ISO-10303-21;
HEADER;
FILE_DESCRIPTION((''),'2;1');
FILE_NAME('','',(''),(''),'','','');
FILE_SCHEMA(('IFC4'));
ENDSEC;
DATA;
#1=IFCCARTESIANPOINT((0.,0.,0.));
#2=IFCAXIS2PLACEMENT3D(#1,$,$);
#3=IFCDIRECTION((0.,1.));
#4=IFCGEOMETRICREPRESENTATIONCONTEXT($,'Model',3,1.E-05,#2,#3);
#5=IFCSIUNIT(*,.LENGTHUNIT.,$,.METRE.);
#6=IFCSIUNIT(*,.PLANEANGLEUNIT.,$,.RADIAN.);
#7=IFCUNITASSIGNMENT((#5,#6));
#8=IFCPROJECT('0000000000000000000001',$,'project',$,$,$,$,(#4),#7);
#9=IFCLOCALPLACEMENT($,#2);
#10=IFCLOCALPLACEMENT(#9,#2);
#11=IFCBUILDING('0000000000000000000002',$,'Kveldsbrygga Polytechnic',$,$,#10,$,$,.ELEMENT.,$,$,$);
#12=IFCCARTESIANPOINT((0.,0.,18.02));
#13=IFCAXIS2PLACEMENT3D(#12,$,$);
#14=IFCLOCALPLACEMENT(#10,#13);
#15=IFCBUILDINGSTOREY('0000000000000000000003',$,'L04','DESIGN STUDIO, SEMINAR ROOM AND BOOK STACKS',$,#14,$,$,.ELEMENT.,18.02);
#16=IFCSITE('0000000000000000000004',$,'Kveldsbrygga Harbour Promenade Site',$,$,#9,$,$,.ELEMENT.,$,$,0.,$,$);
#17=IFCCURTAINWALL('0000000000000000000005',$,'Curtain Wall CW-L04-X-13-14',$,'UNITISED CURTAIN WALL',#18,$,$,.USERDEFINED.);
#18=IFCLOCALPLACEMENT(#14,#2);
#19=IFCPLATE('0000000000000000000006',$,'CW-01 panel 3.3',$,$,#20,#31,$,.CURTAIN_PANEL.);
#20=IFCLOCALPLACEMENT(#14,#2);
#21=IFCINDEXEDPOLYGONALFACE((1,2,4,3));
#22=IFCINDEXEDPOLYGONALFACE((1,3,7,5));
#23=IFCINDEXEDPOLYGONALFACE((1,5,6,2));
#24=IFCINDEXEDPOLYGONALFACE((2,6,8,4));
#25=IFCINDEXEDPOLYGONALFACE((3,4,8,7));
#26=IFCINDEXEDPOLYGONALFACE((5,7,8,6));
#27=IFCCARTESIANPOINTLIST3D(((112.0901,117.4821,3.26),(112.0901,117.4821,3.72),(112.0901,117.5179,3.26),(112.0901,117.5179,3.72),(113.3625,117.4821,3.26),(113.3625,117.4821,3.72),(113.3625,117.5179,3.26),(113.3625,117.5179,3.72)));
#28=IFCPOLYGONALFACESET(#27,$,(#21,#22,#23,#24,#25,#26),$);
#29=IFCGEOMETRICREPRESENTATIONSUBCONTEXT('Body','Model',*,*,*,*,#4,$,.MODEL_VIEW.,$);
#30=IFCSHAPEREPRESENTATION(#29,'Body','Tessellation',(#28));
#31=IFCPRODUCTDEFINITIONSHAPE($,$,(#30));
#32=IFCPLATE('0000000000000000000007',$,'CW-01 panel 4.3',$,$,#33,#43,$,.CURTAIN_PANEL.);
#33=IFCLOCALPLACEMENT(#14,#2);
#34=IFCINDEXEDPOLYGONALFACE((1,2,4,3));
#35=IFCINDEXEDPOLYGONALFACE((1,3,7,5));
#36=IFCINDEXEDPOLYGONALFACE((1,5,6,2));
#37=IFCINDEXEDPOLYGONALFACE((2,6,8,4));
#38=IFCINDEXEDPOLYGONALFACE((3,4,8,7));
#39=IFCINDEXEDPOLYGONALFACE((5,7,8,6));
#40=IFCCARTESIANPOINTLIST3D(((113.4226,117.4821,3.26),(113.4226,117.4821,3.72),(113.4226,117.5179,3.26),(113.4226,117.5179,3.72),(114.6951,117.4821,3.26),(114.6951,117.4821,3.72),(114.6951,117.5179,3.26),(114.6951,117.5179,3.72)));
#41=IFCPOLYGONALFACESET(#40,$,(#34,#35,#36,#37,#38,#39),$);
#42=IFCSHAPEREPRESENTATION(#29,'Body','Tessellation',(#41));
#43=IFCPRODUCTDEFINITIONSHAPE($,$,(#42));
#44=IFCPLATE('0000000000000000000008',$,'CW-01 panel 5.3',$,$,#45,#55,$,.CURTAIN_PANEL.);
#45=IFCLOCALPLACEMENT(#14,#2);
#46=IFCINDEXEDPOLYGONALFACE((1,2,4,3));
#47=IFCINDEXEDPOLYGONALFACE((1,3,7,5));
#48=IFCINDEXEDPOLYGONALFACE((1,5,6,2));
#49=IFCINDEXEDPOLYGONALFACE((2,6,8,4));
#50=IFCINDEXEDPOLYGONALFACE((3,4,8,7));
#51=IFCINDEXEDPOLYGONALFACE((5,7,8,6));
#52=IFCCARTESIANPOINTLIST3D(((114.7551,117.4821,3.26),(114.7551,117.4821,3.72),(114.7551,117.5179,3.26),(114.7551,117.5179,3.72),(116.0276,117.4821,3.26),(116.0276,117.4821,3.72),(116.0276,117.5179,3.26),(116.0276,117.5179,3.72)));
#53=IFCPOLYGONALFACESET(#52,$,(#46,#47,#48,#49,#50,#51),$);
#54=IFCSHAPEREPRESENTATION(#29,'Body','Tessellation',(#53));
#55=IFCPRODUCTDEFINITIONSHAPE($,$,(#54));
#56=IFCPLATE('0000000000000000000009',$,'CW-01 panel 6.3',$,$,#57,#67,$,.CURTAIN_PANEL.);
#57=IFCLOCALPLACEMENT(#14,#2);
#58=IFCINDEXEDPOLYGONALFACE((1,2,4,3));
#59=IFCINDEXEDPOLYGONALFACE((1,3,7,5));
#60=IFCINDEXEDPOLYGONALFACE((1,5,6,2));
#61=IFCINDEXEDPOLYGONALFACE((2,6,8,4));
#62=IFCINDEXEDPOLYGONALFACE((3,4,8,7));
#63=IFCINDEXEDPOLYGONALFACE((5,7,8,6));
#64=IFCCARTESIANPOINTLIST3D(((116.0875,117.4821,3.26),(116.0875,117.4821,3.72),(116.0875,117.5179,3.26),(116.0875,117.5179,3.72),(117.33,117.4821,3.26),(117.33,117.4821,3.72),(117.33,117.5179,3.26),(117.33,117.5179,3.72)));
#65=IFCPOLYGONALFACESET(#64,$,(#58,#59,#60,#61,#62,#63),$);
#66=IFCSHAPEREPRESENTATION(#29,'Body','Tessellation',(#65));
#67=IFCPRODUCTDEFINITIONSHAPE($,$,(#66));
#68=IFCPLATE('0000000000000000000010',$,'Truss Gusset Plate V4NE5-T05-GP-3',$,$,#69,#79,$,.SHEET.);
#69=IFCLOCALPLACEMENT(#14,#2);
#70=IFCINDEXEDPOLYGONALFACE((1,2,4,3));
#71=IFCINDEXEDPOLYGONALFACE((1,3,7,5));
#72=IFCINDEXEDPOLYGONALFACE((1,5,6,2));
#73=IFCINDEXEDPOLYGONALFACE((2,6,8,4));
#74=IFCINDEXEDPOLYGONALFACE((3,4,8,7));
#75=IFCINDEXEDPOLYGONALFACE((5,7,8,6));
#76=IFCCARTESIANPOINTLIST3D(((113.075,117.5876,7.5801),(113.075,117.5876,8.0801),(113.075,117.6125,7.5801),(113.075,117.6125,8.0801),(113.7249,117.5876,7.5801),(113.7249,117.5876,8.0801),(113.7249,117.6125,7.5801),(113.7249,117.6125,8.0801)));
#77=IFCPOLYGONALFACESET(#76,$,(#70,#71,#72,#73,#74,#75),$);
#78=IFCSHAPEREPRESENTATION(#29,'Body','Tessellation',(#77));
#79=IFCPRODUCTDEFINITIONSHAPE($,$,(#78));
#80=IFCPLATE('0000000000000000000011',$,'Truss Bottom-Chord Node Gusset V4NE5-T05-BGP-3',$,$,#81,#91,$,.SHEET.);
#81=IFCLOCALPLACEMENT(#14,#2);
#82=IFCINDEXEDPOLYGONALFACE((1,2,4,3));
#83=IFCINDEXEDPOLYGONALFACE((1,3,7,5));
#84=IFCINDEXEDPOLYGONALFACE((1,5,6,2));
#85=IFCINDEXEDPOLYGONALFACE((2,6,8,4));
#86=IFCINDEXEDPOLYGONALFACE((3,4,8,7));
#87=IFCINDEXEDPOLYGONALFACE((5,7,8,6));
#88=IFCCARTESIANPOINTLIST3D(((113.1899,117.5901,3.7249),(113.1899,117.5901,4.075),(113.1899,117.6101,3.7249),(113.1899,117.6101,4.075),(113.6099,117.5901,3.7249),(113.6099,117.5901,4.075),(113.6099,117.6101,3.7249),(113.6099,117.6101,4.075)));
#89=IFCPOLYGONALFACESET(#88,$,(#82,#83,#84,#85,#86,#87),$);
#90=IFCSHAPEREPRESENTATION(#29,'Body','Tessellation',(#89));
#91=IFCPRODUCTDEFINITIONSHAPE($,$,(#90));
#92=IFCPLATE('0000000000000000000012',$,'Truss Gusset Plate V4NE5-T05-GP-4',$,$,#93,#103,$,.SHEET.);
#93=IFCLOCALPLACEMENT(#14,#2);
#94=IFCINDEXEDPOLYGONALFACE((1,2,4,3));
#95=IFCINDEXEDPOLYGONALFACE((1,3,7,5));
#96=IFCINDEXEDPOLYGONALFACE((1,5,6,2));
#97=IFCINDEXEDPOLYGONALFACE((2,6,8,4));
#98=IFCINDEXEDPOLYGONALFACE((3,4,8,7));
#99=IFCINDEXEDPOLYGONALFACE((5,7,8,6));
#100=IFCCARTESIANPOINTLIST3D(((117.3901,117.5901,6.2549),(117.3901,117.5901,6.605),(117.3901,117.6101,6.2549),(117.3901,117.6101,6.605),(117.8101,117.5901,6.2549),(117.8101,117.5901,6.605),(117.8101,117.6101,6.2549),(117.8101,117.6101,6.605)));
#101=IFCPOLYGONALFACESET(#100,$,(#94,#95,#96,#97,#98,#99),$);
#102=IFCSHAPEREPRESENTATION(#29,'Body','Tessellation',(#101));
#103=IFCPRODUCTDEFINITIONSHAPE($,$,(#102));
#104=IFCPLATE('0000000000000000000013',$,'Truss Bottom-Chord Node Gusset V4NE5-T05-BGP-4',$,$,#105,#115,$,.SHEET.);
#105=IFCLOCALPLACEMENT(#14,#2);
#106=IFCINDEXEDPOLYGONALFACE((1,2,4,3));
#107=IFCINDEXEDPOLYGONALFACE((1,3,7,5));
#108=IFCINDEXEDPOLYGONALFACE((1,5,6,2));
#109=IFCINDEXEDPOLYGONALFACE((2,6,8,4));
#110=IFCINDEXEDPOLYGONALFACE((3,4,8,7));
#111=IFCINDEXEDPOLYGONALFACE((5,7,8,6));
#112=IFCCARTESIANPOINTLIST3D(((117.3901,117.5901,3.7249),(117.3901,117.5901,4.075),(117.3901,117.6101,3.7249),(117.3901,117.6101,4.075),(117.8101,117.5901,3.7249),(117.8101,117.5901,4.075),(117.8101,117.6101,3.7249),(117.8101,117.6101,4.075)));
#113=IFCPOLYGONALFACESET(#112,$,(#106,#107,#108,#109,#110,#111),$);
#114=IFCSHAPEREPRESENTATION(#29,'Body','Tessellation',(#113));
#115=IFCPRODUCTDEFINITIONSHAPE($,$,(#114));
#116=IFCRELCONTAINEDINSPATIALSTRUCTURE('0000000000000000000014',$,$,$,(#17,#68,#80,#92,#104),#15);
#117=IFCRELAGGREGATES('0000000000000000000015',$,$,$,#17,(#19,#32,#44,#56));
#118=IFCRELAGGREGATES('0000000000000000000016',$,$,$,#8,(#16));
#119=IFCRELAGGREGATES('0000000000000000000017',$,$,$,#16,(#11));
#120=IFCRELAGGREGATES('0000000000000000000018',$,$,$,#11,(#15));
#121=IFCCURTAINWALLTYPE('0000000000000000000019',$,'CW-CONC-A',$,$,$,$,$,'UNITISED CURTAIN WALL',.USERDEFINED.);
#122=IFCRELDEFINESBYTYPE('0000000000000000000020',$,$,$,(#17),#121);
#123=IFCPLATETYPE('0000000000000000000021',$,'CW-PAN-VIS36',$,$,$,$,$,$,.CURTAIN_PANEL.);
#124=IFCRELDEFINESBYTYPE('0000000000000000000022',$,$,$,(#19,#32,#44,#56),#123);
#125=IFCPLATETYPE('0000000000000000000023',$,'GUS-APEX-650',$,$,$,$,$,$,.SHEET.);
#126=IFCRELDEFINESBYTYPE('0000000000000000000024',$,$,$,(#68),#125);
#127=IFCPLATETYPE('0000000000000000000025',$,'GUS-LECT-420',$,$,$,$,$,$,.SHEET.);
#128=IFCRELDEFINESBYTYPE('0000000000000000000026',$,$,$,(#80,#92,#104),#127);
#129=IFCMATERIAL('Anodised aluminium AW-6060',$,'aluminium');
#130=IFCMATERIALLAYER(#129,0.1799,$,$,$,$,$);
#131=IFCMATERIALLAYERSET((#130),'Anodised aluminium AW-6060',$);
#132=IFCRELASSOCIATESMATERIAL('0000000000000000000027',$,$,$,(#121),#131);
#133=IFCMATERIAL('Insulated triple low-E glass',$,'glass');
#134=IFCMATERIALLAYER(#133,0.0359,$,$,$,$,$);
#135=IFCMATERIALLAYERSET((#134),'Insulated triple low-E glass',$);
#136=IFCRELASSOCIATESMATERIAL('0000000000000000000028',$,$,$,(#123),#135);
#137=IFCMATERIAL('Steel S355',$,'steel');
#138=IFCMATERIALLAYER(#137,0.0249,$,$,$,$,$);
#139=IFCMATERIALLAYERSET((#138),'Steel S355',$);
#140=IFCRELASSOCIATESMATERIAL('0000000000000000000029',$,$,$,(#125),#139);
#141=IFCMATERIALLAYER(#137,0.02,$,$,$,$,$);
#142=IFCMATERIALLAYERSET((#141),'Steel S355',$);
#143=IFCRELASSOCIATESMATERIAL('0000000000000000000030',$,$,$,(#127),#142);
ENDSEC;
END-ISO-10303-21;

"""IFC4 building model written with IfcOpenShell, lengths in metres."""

from ifc_helpers import new_model, si_unit, direction, frame, origin, origin_2d, place, context, subcontext, project, spatial, rectangle, extrude, material, layer, layer_set, type_object, element, aggregate, save


model = new_model("IFC4")

# Units and contexts
model_context = context("Model", 3, precision=1e-05, world=origin(), true_north=direction((0.0, 1.0)))
body_context = subcontext(model_context, "Body", "Model", "MODEL_VIEW")
ifc_project = project(units=[si_unit("LENGTHUNIT", "METRE"), si_unit("PLANEANGLEUNIT", "RADIAN")], contexts=[model_context])

# Site, building, storey
site_placement = place(None, origin())
site = spatial("IfcSite", under=ifc_project, at=site_placement, Name="Kveldsbrygga Harbour Promenade Site", CompositionType="ELEMENT", RefElevation=0.0)
building_placement = place(site_placement, origin())
building = spatial("IfcBuilding", under=site, at=building_placement, Name="Kveldsbrygga Polytechnic", CompositionType="ELEMENT")
storey_placement = place(building_placement, frame((0.0, 0.0, 18.02)))
storey = spatial("IfcBuildingStorey", under=building, at=storey_placement, Name="L04", Description="DESIGN STUDIO, SEMINAR ROOM AND BOOK STACKS", CompositionType="ELEMENT", Elevation=18.02)

# Curtain wall
ifc_material_1 = material(Name="Anodised aluminium AW-6060", Category="aluminium")
ifc_layer_1 = layer(ifc_material_1, 0.1799)
ifc_layer_set_1 = layer_set([ifc_layer_1], Name="Anodised aluminium AW-6060")
curtain_wall_type = type_object("IfcCurtainWallType", Name="CW-CONC-A", ElementType="UNITISED CURTAIN WALL", PredefinedType="USERDEFINED", material=ifc_layer_set_1)
curtain_wall_placement = place(storey_placement, origin())
curtain_wall = element("IfcCurtainWall", 1, at=curtain_wall_placement, inside=storey, type_object=curtain_wall_type, Name="Curtain Wall CW-L04-X-13-14", ObjectType="UNITISED CURTAIN WALL", PredefinedType="USERDEFINED")

# Shared definitions
ifc_material_2 = material(Name="Steel S355", Category="steel")

# Plates
ifc_material_3 = material(Name="Insulated triple low-E glass", Category="glass")
ifc_layer_2 = layer(ifc_material_3, 0.0359)
ifc_layer_set_2 = layer_set([ifc_layer_2], Name="Insulated triple low-E glass")
plate_type_1 = type_object("IfcPlateType", Name="CW-PAN-VIS36", PredefinedType="CURTAIN_PANEL", material=ifc_layer_set_2)
plate_1_placement = place(storey_placement, frame((112.7263, 117.5, 3.26), z_axis=(0.0, 0.0, 1.0), x_axis=(1.0, 0.0, 0.0)))
plate_1 = element("IfcPlate", 2, at=plate_1_placement, type_object=plate_type_1, Name="CW-01 panel 3.3", PredefinedType="CURTAIN_PANEL", context=body_context, shape_type="SweptSolid", body=[
    extrude(rectangle(XDim=1.2725, YDim=0.0359, at=origin_2d()), origin(), (0.0, 0.0, 1.0), 0.46),
])
plate_2_placement = place(storey_placement, frame((114.0588, 117.5, 3.26), z_axis=(0.0, 0.0, 1.0), x_axis=(1.0, 0.0, 0.0)))
plate_2 = element("IfcPlate", 3, at=plate_2_placement, type_object=plate_type_1, Name="CW-01 panel 4.3", PredefinedType="CURTAIN_PANEL", context=body_context, shape_type="SweptSolid", body=[
    extrude(rectangle(XDim=1.2725, YDim=0.0359, at=origin_2d()), origin(), (0.0, 0.0, 1.0), 0.46),
])
plate_3_placement = place(storey_placement, frame((115.3914, 117.5, 3.26), z_axis=(0.0, 0.0, 1.0), x_axis=(1.0, 0.0, 0.0)))
plate_3 = element("IfcPlate", 4, at=plate_3_placement, type_object=plate_type_1, Name="CW-01 panel 5.3", PredefinedType="CURTAIN_PANEL", context=body_context, shape_type="SweptSolid", body=[
    extrude(rectangle(XDim=1.2725, YDim=0.0359, at=origin_2d()), origin(), (0.0, 0.0, 1.0), 0.46),
])
plate_4_placement = place(storey_placement, frame((116.7087, 117.5, 3.26), z_axis=(0.0, 0.0, 1.0), x_axis=(1.0, 0.0, 0.0)))
plate_4 = element("IfcPlate", 5, at=plate_4_placement, type_object=plate_type_1, Name="CW-01 panel 6.3", PredefinedType="CURTAIN_PANEL", context=body_context, shape_type="SweptSolid", body=[
    extrude(rectangle(XDim=1.2424, YDim=0.0359, at=origin_2d()), origin(), (0.0, 0.0, 1.0), 0.46),
])
aggregate(curtain_wall, [plate_1, plate_2, plate_3, plate_4])

# Plates
ifc_layer_3 = layer(ifc_material_2, 0.0249)
ifc_layer_set_3 = layer_set([ifc_layer_3], Name="Steel S355")
plate_type_2 = type_object("IfcPlateType", Name="GUS-APEX-650", PredefinedType="SHEET", material=ifc_layer_set_3)
plate_5_placement = place(storey_placement, frame((113.3999, 117.6001, 7.5801), z_axis=(0.0, 0.0, 1.0), x_axis=(1.0, 0.0, 0.0)))
element("IfcPlate", 6, at=plate_5_placement, inside=storey, type_object=plate_type_2, Name="Truss Gusset Plate V4NE5-T05-GP-3", PredefinedType="SHEET", context=body_context, shape_type="SweptSolid", body=[
    extrude(rectangle(XDim=0.6499, YDim=0.0249, at=origin_2d()), origin(), (0.0, 0.0, 1.0), 0.5),
])
ifc_layer_4 = layer(ifc_material_2, 0.02)
ifc_layer_set_4 = layer_set([ifc_layer_4], Name="Steel S355")
plate_type_3 = type_object("IfcPlateType", Name="GUS-LECT-420", PredefinedType="SHEET", material=ifc_layer_set_4)
for number, where, z_axis, x_axis, name in (
    (7, (113.3999, 117.6001, 3.7249), (0.0, 0.0, 1.0), (1.0, 0.0, 0.0), "Truss Bottom-Chord Node Gusset V4NE5-T05-BGP-3"),
    (8, (117.6001, 117.6001, 6.2549), (0.0, 0.0, 1.0), (1.0, 0.0, 0.0), "Truss Gusset Plate V4NE5-T05-GP-4"),
    (9, (117.6001, 117.6001, 3.7249), (0.0, 0.0, 1.0), (1.0, 0.0, 0.0), "Truss Bottom-Chord Node Gusset V4NE5-T05-BGP-4"),
):
    element("IfcPlate", number, at=place(storey_placement, frame(where, z_axis=z_axis, x_axis=x_axis)), inside=storey, type_object=plate_type_3, Name=name, PredefinedType="SHEET", context=body_context, shape_type="SweptSolid", body=[
        extrude(rectangle(XDim=0.4199, YDim=0.02, at=origin_2d()), origin(), (0.0, 0.0, 1.0), 0.3501),
    ])

save(model, "model.ifc")
